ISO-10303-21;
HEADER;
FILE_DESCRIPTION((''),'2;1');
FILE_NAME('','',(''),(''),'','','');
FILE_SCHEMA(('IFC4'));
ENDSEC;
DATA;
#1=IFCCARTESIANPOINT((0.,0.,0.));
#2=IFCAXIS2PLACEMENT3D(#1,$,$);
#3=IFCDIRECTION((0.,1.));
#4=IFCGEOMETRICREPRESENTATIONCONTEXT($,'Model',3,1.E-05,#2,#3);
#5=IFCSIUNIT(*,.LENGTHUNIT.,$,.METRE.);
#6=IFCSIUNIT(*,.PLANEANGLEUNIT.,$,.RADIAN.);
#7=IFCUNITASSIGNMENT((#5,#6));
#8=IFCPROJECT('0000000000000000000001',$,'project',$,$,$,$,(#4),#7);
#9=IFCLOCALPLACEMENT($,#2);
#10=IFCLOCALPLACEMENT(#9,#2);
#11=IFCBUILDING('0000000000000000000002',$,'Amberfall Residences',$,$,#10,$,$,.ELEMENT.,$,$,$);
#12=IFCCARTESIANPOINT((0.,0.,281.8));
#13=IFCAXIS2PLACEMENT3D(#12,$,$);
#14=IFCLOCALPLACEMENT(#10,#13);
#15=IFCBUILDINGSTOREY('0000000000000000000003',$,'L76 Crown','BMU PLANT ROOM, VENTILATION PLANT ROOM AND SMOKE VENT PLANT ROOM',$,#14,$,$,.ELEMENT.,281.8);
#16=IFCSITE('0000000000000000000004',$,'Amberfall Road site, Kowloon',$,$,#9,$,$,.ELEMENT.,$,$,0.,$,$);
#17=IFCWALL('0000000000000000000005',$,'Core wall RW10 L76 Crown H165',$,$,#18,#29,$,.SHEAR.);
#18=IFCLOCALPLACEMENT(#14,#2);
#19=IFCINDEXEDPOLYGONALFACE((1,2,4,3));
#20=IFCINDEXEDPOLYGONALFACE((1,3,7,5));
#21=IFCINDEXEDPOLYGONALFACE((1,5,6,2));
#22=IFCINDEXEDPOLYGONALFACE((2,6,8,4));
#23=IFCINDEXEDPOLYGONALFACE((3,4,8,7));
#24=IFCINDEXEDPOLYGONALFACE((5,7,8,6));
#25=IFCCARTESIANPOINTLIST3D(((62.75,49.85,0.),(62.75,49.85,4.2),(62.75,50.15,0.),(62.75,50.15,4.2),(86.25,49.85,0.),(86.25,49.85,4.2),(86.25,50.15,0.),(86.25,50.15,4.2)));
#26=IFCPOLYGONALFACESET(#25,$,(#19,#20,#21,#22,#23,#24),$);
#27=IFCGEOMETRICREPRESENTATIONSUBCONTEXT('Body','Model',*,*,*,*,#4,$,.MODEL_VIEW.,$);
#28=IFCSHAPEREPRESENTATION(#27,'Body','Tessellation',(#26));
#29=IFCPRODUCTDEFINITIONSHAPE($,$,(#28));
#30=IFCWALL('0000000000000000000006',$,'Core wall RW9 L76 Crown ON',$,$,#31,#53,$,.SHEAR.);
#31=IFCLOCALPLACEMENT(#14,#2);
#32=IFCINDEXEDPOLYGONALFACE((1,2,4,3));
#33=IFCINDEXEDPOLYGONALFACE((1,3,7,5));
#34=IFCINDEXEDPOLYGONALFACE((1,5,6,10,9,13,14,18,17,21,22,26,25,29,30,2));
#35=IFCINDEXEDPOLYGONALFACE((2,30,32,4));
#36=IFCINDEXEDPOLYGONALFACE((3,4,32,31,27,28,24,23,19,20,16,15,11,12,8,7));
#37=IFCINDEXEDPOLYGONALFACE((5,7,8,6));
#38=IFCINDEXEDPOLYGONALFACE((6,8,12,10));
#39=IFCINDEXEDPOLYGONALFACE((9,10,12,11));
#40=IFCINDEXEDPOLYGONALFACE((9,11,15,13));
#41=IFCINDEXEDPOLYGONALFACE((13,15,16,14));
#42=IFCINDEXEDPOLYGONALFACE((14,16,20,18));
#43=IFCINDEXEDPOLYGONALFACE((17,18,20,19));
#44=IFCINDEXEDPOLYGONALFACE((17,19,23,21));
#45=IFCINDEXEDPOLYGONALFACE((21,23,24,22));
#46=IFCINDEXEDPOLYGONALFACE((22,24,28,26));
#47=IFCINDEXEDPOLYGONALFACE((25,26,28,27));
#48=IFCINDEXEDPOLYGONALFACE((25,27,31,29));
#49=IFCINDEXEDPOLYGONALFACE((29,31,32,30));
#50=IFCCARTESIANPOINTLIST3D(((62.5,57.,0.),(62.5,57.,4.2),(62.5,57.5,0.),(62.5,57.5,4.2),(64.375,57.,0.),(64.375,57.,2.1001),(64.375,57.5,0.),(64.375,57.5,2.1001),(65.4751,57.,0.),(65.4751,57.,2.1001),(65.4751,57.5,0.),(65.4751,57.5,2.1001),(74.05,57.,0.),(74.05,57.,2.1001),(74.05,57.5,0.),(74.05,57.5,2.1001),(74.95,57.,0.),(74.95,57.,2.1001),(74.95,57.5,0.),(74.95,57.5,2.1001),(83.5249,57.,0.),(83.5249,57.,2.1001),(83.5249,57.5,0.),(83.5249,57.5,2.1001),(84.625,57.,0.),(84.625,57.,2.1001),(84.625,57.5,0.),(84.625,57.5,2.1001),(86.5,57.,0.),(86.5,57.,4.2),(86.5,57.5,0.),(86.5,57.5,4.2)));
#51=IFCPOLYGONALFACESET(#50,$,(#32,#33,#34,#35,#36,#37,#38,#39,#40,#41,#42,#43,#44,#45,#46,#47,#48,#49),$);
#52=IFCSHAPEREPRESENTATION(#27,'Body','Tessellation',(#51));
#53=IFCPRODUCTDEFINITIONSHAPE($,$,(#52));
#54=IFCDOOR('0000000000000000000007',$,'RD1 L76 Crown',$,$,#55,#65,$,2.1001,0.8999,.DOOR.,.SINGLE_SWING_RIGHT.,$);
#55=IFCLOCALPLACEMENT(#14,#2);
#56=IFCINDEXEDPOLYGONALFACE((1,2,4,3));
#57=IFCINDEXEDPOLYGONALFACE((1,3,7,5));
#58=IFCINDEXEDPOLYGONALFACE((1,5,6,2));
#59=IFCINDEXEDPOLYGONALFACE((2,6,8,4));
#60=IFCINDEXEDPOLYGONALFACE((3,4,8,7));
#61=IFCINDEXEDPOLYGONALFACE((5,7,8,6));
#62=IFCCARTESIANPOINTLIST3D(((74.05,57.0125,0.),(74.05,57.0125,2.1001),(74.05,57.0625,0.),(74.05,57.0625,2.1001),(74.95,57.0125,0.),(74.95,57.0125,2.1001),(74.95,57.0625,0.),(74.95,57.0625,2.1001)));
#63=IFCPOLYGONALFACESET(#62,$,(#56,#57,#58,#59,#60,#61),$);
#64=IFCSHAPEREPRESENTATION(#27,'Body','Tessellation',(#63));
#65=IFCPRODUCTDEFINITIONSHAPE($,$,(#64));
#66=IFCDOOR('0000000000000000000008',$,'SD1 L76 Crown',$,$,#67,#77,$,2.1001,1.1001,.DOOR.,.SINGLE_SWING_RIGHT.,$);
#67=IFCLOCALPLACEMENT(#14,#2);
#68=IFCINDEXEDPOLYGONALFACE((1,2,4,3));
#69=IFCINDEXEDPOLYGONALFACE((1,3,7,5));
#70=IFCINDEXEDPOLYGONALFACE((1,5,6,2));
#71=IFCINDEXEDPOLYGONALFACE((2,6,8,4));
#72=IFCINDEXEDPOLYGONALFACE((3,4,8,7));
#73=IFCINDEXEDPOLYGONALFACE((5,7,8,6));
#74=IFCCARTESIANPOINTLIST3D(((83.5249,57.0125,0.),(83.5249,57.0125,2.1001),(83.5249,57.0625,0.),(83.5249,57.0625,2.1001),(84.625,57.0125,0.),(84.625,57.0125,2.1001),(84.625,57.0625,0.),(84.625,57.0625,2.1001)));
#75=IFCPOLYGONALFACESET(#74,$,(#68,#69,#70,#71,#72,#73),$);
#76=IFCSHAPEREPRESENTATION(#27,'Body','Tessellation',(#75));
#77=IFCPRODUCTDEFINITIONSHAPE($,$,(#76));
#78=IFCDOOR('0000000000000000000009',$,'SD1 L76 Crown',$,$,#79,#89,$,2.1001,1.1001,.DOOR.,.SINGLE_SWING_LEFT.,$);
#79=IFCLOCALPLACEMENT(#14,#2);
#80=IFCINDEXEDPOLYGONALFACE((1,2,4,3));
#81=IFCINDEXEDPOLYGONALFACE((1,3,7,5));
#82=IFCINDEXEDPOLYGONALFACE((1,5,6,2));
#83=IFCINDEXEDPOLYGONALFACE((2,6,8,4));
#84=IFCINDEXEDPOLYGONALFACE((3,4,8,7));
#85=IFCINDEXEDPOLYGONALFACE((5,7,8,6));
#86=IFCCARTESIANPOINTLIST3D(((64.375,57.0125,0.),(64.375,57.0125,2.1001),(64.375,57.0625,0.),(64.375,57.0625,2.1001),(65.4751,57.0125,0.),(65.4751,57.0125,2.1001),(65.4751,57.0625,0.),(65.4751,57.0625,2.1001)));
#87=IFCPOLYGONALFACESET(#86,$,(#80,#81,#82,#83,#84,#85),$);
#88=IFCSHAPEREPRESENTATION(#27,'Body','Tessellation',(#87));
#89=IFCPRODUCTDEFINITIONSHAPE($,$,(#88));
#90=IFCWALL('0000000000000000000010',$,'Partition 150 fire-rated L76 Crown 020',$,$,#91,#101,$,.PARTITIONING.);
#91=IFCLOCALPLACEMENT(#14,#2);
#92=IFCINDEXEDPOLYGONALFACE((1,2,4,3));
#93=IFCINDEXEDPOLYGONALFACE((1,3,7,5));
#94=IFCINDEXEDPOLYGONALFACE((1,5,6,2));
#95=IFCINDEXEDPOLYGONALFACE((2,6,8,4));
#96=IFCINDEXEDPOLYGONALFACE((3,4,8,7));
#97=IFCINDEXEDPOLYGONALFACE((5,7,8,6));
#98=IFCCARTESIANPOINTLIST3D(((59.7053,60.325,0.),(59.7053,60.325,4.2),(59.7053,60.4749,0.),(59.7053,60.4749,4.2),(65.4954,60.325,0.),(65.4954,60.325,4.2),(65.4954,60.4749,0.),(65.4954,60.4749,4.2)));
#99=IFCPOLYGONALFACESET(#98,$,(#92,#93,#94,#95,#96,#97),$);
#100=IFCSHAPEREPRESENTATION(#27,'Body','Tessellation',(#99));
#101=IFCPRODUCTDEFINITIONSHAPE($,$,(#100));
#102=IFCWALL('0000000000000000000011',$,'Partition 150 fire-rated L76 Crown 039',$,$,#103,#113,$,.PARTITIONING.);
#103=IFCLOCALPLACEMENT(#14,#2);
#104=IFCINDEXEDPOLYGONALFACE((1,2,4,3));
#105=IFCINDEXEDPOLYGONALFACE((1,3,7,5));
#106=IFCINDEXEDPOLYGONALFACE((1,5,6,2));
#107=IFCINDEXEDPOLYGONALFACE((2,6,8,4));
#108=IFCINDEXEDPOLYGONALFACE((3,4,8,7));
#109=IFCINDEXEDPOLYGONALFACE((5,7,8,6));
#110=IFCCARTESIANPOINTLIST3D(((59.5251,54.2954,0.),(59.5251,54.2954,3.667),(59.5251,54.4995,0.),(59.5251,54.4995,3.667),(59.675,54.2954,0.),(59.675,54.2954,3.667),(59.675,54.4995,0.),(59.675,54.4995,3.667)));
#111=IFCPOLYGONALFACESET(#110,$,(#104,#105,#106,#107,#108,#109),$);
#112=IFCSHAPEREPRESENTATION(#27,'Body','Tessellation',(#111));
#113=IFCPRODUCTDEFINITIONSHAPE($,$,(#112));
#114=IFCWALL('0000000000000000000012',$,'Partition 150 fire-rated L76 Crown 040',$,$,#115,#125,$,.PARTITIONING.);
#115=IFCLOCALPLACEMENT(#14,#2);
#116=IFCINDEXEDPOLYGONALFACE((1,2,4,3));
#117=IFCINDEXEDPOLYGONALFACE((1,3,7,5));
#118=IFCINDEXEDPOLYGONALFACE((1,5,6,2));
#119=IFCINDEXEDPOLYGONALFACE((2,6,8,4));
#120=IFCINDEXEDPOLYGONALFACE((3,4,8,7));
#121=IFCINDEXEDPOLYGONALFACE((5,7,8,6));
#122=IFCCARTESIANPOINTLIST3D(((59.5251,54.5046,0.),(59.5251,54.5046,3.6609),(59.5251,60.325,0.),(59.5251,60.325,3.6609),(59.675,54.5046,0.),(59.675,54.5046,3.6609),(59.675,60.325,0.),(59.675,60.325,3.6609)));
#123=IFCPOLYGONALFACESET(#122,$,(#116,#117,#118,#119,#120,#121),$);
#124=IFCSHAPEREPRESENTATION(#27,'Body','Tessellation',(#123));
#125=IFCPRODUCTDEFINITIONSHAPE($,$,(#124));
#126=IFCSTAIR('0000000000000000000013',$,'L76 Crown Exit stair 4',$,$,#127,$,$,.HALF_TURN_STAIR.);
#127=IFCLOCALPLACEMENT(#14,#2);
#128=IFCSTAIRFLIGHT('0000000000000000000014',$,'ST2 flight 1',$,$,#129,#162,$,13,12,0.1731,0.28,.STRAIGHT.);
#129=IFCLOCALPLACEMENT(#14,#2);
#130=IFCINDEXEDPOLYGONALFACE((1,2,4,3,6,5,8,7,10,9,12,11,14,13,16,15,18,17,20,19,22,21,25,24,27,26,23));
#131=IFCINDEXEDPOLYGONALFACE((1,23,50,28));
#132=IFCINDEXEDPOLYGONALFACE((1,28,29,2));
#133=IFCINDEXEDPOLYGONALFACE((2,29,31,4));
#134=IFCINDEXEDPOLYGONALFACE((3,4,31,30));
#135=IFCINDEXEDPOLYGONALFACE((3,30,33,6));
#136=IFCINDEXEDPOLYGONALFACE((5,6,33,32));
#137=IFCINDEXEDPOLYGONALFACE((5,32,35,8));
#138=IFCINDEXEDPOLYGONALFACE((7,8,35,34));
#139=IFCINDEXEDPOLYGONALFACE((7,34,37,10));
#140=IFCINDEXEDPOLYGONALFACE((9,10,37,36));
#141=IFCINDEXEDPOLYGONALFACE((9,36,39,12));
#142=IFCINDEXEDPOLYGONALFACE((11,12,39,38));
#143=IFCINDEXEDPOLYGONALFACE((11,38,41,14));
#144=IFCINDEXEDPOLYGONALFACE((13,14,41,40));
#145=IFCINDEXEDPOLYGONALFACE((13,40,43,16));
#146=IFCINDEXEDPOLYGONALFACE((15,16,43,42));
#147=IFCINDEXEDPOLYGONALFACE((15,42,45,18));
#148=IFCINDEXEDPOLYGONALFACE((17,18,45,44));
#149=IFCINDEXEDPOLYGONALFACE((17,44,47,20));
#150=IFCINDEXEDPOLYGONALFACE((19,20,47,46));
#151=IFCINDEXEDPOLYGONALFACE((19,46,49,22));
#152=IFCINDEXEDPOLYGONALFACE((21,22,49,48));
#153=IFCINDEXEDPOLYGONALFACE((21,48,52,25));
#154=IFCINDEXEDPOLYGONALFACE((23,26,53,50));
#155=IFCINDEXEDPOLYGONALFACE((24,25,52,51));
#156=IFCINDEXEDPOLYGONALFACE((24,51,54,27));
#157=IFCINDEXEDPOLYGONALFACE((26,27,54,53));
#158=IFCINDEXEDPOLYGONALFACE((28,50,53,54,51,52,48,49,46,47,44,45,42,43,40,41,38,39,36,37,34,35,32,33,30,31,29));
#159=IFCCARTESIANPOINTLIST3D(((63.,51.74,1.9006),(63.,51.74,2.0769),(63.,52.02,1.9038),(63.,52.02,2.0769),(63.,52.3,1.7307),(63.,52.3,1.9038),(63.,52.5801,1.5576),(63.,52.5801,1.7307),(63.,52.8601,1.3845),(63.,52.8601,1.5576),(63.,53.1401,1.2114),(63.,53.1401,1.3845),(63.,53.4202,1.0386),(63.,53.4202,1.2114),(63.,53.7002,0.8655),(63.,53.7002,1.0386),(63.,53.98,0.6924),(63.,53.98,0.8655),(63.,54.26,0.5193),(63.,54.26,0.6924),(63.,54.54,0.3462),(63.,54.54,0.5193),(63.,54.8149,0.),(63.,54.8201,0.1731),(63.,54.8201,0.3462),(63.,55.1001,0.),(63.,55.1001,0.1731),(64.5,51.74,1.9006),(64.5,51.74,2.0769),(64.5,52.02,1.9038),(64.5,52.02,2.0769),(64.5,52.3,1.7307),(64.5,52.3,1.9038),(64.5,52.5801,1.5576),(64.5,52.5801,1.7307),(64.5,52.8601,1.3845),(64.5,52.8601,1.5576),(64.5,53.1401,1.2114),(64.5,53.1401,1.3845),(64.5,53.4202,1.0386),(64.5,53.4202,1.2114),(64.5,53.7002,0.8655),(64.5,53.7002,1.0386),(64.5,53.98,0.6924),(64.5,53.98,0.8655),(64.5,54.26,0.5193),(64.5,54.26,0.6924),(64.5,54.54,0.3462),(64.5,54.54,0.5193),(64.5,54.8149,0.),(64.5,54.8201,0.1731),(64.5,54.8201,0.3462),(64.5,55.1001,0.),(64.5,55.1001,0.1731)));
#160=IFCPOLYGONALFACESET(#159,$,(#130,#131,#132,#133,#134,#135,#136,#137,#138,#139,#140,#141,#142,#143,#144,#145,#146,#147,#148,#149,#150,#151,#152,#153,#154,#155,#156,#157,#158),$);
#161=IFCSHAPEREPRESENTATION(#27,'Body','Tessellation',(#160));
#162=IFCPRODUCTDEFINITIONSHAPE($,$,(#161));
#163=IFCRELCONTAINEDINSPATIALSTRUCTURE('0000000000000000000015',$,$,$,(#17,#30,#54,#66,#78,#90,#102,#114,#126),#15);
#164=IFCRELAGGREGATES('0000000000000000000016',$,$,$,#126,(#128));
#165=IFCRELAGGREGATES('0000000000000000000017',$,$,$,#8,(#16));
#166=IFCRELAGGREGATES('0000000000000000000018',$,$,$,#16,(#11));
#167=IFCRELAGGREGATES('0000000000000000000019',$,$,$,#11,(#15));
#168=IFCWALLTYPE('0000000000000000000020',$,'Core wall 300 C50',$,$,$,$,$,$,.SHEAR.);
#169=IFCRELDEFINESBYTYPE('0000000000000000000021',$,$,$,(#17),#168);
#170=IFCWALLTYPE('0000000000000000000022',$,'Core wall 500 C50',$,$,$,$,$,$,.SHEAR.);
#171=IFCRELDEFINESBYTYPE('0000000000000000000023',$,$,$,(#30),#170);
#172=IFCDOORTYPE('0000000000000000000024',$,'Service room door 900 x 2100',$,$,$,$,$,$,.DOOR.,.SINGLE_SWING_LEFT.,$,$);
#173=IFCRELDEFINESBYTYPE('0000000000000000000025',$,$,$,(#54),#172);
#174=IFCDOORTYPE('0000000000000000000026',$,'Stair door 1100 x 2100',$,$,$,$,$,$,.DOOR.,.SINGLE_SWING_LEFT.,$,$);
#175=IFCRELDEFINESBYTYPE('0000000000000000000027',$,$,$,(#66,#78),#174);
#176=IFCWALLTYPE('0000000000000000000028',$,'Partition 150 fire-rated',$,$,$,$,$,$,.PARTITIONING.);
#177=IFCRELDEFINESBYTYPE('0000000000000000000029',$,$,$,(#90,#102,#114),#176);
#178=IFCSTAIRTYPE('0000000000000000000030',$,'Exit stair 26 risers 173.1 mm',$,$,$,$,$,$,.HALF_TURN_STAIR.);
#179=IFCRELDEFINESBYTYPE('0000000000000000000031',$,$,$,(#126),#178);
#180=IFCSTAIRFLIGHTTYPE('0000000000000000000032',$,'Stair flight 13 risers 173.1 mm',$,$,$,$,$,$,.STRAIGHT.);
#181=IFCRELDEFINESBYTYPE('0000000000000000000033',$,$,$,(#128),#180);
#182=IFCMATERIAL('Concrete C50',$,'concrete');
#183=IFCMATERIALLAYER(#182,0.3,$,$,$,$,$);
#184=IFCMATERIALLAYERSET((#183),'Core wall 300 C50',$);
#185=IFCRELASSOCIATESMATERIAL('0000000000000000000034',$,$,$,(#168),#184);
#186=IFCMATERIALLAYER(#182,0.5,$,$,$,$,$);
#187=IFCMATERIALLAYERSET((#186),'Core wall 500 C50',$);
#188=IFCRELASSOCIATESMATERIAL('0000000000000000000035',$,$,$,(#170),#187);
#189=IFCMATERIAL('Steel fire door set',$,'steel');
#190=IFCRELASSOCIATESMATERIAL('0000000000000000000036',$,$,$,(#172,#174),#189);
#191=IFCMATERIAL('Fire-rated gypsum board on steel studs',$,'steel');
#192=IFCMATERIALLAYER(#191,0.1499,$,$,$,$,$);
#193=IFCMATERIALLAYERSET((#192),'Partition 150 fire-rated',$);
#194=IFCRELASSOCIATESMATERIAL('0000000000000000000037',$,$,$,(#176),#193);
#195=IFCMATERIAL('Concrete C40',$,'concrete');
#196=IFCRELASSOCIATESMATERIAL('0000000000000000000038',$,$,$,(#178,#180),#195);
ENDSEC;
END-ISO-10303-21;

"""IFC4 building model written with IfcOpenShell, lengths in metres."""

from ifc_helpers import new_model, si_unit, direction, frame, frame_2d, origin, place, context, subcontext, project, spatial, polyline, rectangle, outline, extrude, material, layer, layer_set, type_object, element, fill, aggregate, save


model = new_model("IFC4")

# Units and contexts
model_context = context("Model", 3, precision=1e-05, world=origin(), true_north=direction((0.0, 1.0)))
body_context = subcontext(model_context, "Body", "Model", "MODEL_VIEW")
ifc_project = project(units=[si_unit("LENGTHUNIT", "METRE"), si_unit("PLANEANGLEUNIT", "RADIAN")], contexts=[model_context])

# Site, building, storey
site_placement = place(None, origin())
site = spatial("IfcSite", under=ifc_project, at=site_placement, Name="Amberfall Road site, Kowloon", CompositionType="ELEMENT", RefElevation=0.0)
building_placement = place(site_placement, origin())
building = spatial("IfcBuilding", under=site, at=building_placement, Name="Amberfall Residences", CompositionType="ELEMENT")
storey_placement = place(building_placement, frame((0.0, 0.0, 281.8)))
storey = spatial("IfcBuildingStorey", under=building, at=storey_placement, Name="L76 Crown", Description="BMU PLANT ROOM, VENTILATION PLANT ROOM AND SMOKE VENT PLANT ROOM", CompositionType="ELEMENT", Elevation=281.8)

# Wall
ifc_material_1 = material(Name="Concrete C50", Category="concrete")
ifc_layer_1 = layer(ifc_material_1, 0.3)
ifc_layer_set_1 = layer_set([ifc_layer_1], Name="Core wall 300 C50")
wall_type_1 = type_object("IfcWallType", Name="Core wall 300 C50", PredefinedType="SHEAR", material=ifc_layer_set_1)
wall_1_placement = place(storey_placement, frame((62.75, 50.0, 0.0), z_axis=(0.0, 0.0, 1.0), x_axis=(1.0, 0.0, 0.0)))
element("IfcWall", 1, at=wall_1_placement, inside=storey, type_object=wall_type_1, Name="Core wall RW10 L76 Crown H165", PredefinedType="SHEAR", context=body_context, shape_type="SweptSolid", body=[
    extrude(rectangle(XDim=23.5, YDim=0.3, at=frame_2d((11.75, 0.0))), origin(), (0.0, 0.0, 1.0), 4.2),
])

# Wall, openings, doors
ifc_layer_2 = layer(ifc_material_1, 0.5)
ifc_layer_set_2 = layer_set([ifc_layer_2], Name="Core wall 500 C50")
wall_type_2 = type_object("IfcWallType", Name="Core wall 500 C50", PredefinedType="SHEAR", material=ifc_layer_set_2)
wall_2_placement = place(storey_placement, frame((62.5, 57.25, 0.0), z_axis=(0.0, 0.0, 1.0), x_axis=(1.0, 0.0, 0.0)))
wall_2 = element("IfcWall", 2, at=wall_2_placement, inside=storey, type_object=wall_type_2, Name="Core wall RW9 L76 Crown ON", PredefinedType="SHEAR", context=body_context, shape_type="SweptSolid", body=[
    extrude(rectangle(XDim=24.0, YDim=0.5, at=frame_2d((12.0, 0.0))), origin(), (0.0, 0.0, 1.0), 4.2),
])
opening_1_placement = place(wall_2_placement, frame((21.0249, 0.0, 0.0)))
opening_1 = element("IfcOpeningElement", 3, at=opening_1_placement, cuts=wall_2, PredefinedType="OPENING", context=body_context, shape_type="SweptSolid", body=[
    extrude(rectangle(XDim=1.1001, YDim=2.1001, at=frame_2d((0.55, 1.05))), frame((0.0, 0.26, 0.0), z_axis=(0.0, -1.0, 0.0), x_axis=(1.0, 0.0, 0.0)), (0.0, 0.0, 1.0), 0.52),
])
opening_2_placement = place(wall_2_placement, frame((1.875, 0.0, 0.0)))
opening_2 = element("IfcOpeningElement", 4, at=opening_2_placement, cuts=wall_2, PredefinedType="OPENING", context=body_context, shape_type="SweptSolid", body=[
    extrude(rectangle(XDim=1.1001, YDim=2.1001, at=frame_2d((0.55, 1.05))), frame((0.0, 0.26, 0.0), z_axis=(0.0, -1.0, 0.0), x_axis=(1.0, 0.0, 0.0)), (0.0, 0.0, 1.0), 0.52),
])
opening_3_placement = place(wall_2_placement, frame((11.55, 0.0, 0.0)))
opening_3 = element("IfcOpeningElement", 5, at=opening_3_placement, cuts=wall_2, PredefinedType="OPENING", context=body_context, shape_type="SweptSolid", body=[
    extrude(rectangle(XDim=0.8999, YDim=2.1001, at=frame_2d((0.45, 1.05))), frame((0.0, 0.26, 0.0), z_axis=(0.0, -1.0, 0.0), x_axis=(1.0, 0.0, 0.0)), (0.0, 0.0, 1.0), 0.52),
])
ifc_material_2 = material(Name="Steel fire door set", Category="steel")
door_type_1 = type_object("IfcDoorType", Name="Service room door 900 x 2100", OperationType="SINGLE_SWING_LEFT", PredefinedType="DOOR", material=ifc_material_2)
door_1_placement = place(opening_3_placement, origin())
door_1 = element("IfcDoor", 6, at=door_1_placement, inside=storey, type_object=door_type_1, Name="RD1 L76 Crown", OperationType="SINGLE_SWING_RIGHT", OverallHeight=2.1001, OverallWidth=0.8999, PredefinedType="DOOR", context=body_context, shape_type="SweptSolid", body=[
    extrude(rectangle(XDim=0.8999, YDim=2.1001, at=frame_2d((0.45, 1.05))), frame((0.0, -0.1875, 0.0), z_axis=(0.0, -1.0, 0.0), x_axis=(1.0, 0.0, 0.0)), (0.0, 0.0, 1.0), 0.05),
])
fill(opening_3, door_1)
door_type_2 = type_object("IfcDoorType", Name="Stair door 1100 x 2100", OperationType="SINGLE_SWING_LEFT", PredefinedType="DOOR", material=ifc_material_2)
door_2_placement = place(opening_1_placement, origin())
door_2 = element("IfcDoor", 7, at=door_2_placement, inside=storey, type_object=door_type_2, Name="SD1 L76 Crown", OperationType="SINGLE_SWING_RIGHT", OverallHeight=2.1001, OverallWidth=1.1001, PredefinedType="DOOR", context=body_context, shape_type="SweptSolid", body=[
    extrude(rectangle(XDim=1.1001, YDim=2.1001, at=frame_2d((0.55, 1.05))), frame((0.0, -0.1875, 0.0), z_axis=(0.0, -1.0, 0.0), x_axis=(1.0, 0.0, 0.0)), (0.0, 0.0, 1.0), 0.05),
])
fill(opening_1, door_2)
door_3_placement = place(opening_2_placement, origin())
door_3 = element("IfcDoor", 8, at=door_3_placement, inside=storey, type_object=door_type_2, Name="SD1 L76 Crown", OperationType="SINGLE_SWING_LEFT", OverallHeight=2.1001, OverallWidth=1.1001, PredefinedType="DOOR", context=body_context, shape_type="SweptSolid", body=[
    extrude(rectangle(XDim=1.1001, YDim=2.1001, at=frame_2d((0.55, 1.05))), frame((0.0, -0.1875, 0.0), z_axis=(0.0, -1.0, 0.0), x_axis=(1.0, 0.0, 0.0)), (0.0, 0.0, 1.0), 0.05),
])
fill(opening_2, door_3)

# Walls
ifc_material_3 = material(Name="Fire-rated gypsum board on steel studs", Category="steel")
ifc_layer_3 = layer(ifc_material_3, 0.1499)
ifc_layer_set_3 = layer_set([ifc_layer_3], Name="Partition 150 fire-rated")
wall_type_3 = type_object("IfcWallType", Name="Partition 150 fire-rated", PredefinedType="PARTITIONING", material=ifc_layer_set_3)
wall_3_placement = place(storey_placement, frame((59.7053, 60.3999, 0.0), z_axis=(0.0, 0.0, 1.0), x_axis=(1.0, 0.0, 0.0)))
element("IfcWall", 9, at=wall_3_placement, inside=storey, type_object=wall_type_3, Name="Partition 150 fire-rated L76 Crown 020", PredefinedType="PARTITIONING", context=body_context, shape_type="SweptSolid", body=[
    extrude(rectangle(XDim=5.79, YDim=0.1499, at=frame_2d((2.895, 0.0))), origin(), (0.0, 0.0, 1.0), 4.2),
])
wall_4_placement = place(storey_placement, frame((59.6001, 54.2954, 0.0), z_axis=(0.0, 0.0, 1.0), x_axis=(0.0, 1.0, 0.0)))
element("IfcWall", 10, at=wall_4_placement, inside=storey, type_object=wall_type_3, Name="Partition 150 fire-rated L76 Crown 039", PredefinedType="PARTITIONING", context=body_context, shape_type="SweptSolid", body=[
    extrude(rectangle(XDim=0.2041, YDim=0.1499, at=frame_2d((0.1021, 0.0))), origin(), (0.0, 0.0, 1.0), 3.667),
])
wall_5_placement = place(storey_placement, frame((59.6001, 54.5046, 0.0), z_axis=(0.0, 0.0, 1.0), x_axis=(0.0, 1.0, 0.0)))
element("IfcWall", 11, at=wall_5_placement, inside=storey, type_object=wall_type_3, Name="Partition 150 fire-rated L76 Crown 040", PredefinedType="PARTITIONING", context=body_context, shape_type="SweptSolid", body=[
    extrude(rectangle(XDim=5.8203, YDim=0.1499, at=frame_2d((2.9102, 0.0))), origin(), (0.0, 0.0, 1.0), 3.6609),
])

# Stair, stair flight
ifc_material_4 = material(Name="Concrete C40", Category="concrete")
stair_type = type_object("IfcStairType", Name="Exit stair 26 risers 173.1 mm", PredefinedType="HALF_TURN_STAIR", material=ifc_material_4)
stair_placement = place(storey_placement, origin())
stair = element("IfcStair", 12, at=stair_placement, inside=storey, type_object=stair_type, Name="L76 Crown Exit stair 4", PredefinedType="HALF_TURN_STAIR")
stair_flight_type = type_object("IfcStairFlightType", Name="Stair flight 13 risers 173.1 mm", PredefinedType="STRAIGHT", material=ifc_material_4)
stair_flight_1_placement = place(storey_placement, frame((63.75, 55.1001, 0.0), z_axis=(0.0, 0.0, 1.0), x_axis=(0.0, -1.0, 0.0)))
stair_flight_1 = element("IfcStairFlight", 13, at=stair_flight_1_placement, type_object=stair_flight_type, Name="ST2 flight 1", NumberOfRisers=13, NumberOfTreads=12, PredefinedType="STRAIGHT", RiserHeight=0.1731, TreadLength=0.28, context=body_context, shape_type="SweptSolid", body=[
    extrude(outline(polyline([(0.0, 0.0), (0.0, 0.1731), (0.28, 0.1731), (0.28, 0.3462), (0.5601, 0.3462), (0.5601, 0.5193), (0.8401, 0.5193), (0.8401, 0.6924), (1.1201, 0.6924), (1.1201, 0.8655), (1.3999, 0.8655), (1.3999, 1.0386), (1.6799, 1.0386), (1.6799, 1.2114), (1.96, 1.2114), (1.96, 1.3845), (2.24, 1.3845), (2.24, 1.5576), (2.52, 1.5576), (2.52, 1.7307), (2.8, 1.7307), (2.8, 1.9038), (3.0801, 1.9038), (3.0801, 2.0769), (3.3601, 2.0769), (3.3601, 2.25), (3.3601, 1.9006), (0.2852, 0.0), (0.0, 0.0)])), frame((0.0, 0.75, 0.0), z_axis=(0.0, -1.0, 0.0), x_axis=(1.0, 0.0, 0.0)), (0.0, 0.0, 1.0), 1.5),
])
aggregate(stair, [stair_flight_1])

save(model, "model.ifc")
